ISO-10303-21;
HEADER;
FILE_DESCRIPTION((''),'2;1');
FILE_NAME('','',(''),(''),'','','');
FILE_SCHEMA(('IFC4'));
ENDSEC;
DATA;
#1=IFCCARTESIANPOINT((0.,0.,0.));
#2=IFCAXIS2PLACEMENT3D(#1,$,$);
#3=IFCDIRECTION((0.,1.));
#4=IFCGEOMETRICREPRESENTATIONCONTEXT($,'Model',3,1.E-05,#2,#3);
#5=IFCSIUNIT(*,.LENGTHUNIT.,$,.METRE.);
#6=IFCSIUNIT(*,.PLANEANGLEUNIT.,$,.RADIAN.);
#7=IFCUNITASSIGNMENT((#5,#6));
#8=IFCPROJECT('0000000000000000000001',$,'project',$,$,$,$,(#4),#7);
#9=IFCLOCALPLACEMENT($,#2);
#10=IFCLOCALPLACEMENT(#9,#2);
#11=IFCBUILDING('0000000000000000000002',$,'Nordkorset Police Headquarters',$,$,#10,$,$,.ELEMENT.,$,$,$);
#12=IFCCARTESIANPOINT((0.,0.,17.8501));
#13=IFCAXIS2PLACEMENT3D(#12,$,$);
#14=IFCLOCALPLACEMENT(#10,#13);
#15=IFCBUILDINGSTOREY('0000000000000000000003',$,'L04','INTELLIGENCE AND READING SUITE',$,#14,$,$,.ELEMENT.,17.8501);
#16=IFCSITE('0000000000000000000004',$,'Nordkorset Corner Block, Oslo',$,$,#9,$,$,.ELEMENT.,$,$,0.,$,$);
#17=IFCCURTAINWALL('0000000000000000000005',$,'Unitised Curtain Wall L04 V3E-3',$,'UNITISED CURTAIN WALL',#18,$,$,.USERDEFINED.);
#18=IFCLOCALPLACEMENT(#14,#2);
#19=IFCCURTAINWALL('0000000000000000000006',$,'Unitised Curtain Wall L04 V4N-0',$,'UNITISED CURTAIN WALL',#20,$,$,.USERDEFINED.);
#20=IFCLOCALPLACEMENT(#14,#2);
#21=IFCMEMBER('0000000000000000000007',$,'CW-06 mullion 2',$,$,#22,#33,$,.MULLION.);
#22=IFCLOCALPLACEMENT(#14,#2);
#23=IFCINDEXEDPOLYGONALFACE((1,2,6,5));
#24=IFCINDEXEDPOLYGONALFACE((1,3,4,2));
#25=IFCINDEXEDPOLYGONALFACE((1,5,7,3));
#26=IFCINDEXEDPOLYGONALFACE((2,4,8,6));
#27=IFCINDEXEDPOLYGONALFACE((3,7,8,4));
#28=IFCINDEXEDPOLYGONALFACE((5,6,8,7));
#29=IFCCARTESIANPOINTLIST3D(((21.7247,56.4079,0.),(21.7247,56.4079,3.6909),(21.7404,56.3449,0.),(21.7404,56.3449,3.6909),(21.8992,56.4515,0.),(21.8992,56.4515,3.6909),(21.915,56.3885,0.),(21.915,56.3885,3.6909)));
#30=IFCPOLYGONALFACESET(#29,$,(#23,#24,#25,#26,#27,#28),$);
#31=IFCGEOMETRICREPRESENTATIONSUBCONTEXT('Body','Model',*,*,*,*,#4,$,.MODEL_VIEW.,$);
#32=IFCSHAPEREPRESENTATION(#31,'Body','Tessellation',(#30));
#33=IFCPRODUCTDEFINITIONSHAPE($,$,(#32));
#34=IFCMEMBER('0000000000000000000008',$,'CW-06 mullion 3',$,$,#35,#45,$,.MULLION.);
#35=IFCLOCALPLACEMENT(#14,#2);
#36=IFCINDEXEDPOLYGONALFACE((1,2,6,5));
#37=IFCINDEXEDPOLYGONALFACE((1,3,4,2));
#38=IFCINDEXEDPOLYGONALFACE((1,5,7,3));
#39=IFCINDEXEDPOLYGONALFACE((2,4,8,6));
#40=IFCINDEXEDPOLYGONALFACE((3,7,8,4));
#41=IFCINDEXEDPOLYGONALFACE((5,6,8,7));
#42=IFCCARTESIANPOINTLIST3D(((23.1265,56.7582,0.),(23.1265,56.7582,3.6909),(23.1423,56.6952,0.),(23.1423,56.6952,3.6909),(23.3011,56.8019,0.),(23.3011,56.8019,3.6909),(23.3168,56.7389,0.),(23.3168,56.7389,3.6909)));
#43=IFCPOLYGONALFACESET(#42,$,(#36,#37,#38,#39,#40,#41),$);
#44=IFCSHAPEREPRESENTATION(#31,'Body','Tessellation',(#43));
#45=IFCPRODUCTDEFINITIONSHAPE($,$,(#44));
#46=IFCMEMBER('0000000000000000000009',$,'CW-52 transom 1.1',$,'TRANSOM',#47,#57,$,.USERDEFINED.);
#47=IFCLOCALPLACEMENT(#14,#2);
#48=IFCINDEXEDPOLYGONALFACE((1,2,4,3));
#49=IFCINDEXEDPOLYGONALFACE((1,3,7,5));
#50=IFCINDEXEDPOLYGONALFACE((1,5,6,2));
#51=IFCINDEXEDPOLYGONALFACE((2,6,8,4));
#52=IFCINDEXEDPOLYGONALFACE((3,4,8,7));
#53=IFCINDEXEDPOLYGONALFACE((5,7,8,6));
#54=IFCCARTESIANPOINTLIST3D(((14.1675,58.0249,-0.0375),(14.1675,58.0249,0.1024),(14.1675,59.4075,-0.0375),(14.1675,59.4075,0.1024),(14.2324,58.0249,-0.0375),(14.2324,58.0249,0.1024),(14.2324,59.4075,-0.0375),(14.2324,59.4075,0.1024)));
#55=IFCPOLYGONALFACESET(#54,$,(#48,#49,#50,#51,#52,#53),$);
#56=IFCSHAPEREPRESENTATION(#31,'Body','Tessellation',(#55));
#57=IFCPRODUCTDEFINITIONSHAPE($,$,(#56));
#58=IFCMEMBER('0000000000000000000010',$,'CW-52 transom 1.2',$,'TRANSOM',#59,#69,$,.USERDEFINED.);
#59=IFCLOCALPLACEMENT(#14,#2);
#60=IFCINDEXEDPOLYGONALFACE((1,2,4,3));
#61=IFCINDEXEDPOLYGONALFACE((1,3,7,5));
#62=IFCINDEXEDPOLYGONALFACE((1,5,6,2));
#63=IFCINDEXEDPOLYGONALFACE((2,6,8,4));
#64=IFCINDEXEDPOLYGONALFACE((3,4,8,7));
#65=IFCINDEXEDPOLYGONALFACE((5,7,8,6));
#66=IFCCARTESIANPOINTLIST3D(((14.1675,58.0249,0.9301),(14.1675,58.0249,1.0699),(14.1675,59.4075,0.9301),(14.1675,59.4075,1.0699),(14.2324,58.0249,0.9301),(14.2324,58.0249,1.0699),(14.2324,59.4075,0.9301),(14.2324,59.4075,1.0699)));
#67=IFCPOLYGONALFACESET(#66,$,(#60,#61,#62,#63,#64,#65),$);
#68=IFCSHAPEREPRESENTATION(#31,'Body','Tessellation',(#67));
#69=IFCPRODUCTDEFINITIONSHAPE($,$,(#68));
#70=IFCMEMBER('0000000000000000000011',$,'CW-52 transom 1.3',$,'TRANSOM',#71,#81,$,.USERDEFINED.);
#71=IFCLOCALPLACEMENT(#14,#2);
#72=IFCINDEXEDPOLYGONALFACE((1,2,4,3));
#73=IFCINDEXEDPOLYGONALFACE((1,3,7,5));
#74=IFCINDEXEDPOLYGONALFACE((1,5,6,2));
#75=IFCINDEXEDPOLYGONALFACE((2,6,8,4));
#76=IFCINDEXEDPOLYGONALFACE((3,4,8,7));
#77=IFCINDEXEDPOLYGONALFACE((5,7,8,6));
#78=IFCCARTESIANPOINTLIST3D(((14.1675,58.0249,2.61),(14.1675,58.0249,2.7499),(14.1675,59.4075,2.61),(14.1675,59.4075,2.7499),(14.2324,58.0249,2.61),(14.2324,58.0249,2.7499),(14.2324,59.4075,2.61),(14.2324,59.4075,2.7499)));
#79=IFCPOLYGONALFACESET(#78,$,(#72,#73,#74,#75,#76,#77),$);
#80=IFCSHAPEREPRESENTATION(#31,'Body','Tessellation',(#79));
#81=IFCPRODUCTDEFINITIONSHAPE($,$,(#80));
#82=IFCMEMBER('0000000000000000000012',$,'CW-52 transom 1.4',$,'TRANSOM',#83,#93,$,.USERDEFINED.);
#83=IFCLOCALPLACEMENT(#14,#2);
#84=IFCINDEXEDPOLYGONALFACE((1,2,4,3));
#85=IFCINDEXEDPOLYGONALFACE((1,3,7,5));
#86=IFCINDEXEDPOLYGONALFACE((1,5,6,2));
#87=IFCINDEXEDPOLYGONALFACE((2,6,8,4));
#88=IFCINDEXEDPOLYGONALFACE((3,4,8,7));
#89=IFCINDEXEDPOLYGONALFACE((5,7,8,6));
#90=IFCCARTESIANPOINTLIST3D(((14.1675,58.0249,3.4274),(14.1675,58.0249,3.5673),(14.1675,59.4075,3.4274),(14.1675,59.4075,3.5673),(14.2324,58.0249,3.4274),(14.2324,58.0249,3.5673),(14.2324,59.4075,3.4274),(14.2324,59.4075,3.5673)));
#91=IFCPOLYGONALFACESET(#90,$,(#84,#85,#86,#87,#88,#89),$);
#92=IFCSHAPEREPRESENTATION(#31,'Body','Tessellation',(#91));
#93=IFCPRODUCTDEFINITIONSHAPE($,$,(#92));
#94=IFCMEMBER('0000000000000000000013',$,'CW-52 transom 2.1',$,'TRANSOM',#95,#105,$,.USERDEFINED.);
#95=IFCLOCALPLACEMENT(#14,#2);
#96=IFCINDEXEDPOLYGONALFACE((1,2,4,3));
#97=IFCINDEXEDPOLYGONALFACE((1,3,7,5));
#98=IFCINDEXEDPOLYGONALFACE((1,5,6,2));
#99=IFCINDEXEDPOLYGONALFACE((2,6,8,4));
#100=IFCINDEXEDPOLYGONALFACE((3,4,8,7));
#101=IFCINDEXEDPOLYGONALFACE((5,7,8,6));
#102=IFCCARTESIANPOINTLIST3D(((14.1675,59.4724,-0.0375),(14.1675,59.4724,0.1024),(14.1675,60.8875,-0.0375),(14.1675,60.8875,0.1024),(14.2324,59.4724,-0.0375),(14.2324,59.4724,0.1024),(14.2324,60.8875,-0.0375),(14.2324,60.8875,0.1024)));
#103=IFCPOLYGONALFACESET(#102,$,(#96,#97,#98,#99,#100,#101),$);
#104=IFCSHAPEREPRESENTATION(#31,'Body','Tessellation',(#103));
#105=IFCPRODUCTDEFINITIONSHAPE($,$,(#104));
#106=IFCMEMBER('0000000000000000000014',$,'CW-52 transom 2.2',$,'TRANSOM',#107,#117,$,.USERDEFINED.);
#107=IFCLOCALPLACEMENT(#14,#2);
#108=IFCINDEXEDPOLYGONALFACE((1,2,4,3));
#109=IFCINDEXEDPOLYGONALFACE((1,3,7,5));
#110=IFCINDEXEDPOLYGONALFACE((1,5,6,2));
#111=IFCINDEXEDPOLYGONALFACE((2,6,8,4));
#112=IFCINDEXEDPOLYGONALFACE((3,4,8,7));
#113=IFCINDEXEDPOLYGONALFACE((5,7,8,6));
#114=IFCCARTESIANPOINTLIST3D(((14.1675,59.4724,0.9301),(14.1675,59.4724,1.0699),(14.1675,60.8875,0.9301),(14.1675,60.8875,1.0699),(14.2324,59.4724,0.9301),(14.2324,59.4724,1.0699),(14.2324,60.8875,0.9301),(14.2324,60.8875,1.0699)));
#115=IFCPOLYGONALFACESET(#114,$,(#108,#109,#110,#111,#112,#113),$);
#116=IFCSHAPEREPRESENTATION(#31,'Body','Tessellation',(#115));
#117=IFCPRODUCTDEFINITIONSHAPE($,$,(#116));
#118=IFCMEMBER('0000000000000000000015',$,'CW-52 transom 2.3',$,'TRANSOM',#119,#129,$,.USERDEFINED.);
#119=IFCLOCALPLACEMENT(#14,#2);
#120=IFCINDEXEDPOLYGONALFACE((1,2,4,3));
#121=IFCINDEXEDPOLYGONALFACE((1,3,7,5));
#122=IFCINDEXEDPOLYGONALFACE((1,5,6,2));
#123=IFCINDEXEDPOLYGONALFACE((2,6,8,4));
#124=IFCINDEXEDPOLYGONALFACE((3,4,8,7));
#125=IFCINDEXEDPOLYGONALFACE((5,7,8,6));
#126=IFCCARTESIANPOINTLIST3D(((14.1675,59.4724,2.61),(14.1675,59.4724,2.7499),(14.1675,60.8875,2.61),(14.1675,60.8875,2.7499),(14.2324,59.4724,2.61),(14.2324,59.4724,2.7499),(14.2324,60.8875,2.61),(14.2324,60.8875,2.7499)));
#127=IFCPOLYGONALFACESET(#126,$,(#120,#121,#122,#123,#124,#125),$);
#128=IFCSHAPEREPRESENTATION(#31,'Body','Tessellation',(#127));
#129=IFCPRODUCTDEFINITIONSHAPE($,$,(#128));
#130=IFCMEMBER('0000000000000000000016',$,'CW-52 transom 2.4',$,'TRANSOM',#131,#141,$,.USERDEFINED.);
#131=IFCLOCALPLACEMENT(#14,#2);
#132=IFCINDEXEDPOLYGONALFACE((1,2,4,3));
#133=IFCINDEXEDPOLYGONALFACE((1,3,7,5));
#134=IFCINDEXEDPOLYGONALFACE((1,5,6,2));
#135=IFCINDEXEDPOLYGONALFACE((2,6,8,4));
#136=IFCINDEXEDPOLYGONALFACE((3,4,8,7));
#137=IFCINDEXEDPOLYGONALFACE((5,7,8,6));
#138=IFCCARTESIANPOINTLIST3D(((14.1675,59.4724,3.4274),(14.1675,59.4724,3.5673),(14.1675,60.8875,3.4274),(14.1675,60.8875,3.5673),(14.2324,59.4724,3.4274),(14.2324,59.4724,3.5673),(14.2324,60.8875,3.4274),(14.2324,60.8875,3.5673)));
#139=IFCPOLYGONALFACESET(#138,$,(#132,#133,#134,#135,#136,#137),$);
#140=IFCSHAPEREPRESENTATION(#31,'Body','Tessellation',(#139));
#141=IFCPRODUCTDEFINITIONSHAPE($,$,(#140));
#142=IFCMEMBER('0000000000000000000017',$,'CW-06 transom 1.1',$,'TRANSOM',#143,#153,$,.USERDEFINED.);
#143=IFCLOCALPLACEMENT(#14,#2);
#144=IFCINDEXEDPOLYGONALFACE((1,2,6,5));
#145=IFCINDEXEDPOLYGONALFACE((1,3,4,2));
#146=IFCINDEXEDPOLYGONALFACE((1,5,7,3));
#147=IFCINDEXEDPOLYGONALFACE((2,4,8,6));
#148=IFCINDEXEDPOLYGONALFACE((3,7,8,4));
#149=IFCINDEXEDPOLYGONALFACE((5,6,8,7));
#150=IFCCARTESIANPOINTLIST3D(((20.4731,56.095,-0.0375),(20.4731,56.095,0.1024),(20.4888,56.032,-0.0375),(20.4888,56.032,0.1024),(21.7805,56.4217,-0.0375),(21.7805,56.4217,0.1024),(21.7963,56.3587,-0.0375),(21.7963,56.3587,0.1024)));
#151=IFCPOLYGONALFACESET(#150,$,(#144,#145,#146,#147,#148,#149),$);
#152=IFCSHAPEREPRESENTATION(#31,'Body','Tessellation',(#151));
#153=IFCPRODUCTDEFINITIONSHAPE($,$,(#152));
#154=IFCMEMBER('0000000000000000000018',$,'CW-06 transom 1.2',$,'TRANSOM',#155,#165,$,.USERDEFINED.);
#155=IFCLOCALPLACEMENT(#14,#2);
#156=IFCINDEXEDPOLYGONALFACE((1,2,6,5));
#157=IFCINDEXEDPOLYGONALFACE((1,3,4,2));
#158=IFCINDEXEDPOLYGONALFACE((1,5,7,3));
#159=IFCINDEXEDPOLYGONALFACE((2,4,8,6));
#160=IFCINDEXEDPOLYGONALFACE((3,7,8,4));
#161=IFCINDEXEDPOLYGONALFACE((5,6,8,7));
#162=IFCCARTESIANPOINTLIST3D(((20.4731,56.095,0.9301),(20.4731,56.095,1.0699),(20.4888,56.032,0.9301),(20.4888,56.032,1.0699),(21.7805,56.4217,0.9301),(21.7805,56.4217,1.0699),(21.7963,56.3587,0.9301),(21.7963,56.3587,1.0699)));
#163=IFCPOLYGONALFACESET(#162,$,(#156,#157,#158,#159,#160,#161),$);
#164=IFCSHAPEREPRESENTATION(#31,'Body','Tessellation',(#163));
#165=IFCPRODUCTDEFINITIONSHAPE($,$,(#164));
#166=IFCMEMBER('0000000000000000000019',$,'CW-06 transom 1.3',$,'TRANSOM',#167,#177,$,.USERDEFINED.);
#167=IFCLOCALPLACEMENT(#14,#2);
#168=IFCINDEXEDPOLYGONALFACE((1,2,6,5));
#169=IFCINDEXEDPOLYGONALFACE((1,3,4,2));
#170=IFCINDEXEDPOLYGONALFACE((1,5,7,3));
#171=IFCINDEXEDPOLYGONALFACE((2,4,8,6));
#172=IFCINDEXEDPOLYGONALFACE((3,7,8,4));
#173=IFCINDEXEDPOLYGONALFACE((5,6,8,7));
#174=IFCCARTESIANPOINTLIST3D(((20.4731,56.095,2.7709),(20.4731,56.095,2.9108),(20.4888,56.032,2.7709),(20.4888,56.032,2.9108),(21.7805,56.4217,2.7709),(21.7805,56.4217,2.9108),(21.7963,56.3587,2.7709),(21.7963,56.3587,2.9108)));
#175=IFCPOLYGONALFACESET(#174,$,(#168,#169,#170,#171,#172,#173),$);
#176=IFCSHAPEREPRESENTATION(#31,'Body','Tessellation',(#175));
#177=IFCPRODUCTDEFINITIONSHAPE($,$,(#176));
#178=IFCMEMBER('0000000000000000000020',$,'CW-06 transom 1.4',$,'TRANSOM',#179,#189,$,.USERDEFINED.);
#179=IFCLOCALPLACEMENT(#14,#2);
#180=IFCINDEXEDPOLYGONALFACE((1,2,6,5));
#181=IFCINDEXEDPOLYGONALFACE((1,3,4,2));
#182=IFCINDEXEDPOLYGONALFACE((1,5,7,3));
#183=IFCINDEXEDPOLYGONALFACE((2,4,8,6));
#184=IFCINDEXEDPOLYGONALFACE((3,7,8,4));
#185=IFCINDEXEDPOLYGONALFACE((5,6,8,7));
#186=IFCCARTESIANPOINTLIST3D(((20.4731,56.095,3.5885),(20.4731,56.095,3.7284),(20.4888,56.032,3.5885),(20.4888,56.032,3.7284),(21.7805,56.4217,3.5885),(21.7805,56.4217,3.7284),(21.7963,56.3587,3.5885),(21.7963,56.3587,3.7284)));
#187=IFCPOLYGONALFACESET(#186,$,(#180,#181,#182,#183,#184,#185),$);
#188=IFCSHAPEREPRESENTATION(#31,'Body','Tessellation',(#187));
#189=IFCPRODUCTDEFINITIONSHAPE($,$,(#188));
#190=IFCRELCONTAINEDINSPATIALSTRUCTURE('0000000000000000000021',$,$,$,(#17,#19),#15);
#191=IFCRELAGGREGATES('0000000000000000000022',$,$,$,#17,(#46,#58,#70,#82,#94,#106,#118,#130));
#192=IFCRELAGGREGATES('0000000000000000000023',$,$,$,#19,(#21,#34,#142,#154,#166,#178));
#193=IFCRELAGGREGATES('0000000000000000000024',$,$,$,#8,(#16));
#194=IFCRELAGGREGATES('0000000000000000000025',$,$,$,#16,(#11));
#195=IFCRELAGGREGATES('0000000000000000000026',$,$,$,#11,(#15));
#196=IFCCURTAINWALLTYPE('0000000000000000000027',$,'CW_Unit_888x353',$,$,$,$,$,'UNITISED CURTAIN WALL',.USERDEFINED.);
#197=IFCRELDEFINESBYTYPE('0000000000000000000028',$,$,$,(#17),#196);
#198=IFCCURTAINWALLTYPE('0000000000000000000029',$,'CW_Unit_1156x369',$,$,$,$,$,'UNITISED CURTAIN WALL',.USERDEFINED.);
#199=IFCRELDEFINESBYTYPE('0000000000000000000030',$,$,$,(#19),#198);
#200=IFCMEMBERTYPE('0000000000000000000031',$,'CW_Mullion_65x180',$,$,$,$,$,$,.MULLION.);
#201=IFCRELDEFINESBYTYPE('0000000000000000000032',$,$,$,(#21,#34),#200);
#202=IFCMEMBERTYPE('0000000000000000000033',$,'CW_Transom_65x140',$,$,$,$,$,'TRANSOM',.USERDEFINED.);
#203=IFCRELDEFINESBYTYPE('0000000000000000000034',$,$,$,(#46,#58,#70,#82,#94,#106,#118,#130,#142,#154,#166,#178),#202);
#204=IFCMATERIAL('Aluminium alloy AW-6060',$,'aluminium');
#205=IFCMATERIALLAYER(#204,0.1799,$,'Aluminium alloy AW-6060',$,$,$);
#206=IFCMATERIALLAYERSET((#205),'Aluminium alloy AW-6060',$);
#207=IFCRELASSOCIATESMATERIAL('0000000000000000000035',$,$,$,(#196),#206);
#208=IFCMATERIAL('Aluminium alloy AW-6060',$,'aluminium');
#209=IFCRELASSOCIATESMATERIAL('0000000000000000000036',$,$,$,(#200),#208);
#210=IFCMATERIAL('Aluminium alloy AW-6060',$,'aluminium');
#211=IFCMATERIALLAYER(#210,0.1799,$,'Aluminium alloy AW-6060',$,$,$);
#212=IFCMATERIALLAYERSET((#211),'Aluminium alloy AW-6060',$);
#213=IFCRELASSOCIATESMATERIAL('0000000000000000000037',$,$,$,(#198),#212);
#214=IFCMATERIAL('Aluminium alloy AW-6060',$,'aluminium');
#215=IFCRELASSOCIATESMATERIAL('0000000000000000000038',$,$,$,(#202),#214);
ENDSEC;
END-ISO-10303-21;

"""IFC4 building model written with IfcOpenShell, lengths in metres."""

from ifc_helpers import new_model, si_unit, direction, frame, origin, origin_2d, place, context, subcontext, project, spatial, rectangle, extrude, material, layer, layer_set, material_profile, profile_set, type_object, element, aggregate, save


model = new_model("IFC4")

# Units and contexts
model_context = context("Model", 3, precision=1e-05, world=origin(), true_north=direction((0.0, 1.0)))
body_context = subcontext(model_context, "Body", "Model", "MODEL_VIEW")
ifc_project = project(units=[si_unit("LENGTHUNIT", "METRE"), si_unit("PLANEANGLEUNIT", "RADIAN")], contexts=[model_context])

# Site, building, storey
site_placement = place(None, origin())
site = spatial("IfcSite", under=ifc_project, at=site_placement, Name="Nordkorset Corner Block, Oslo", CompositionType="ELEMENT", RefElevation=0.0)
building_placement = place(site_placement, origin())
building = spatial("IfcBuilding", under=site, at=building_placement, Name="Nordkorset Police Headquarters", CompositionType="ELEMENT")
storey_placement = place(building_placement, frame((0.0, 0.0, 17.8501)))
storey = spatial("IfcBuildingStorey", under=building, at=storey_placement, Name="L04", Description="INTELLIGENCE AND READING SUITE", CompositionType="ELEMENT", Elevation=17.8501)

# Curtain walls, members
ifc_material_1 = material(Name="Aluminium alloy AW-6060", Category="aluminium")
ifc_layer_1 = layer(ifc_material_1, 0.1799, Name="Aluminium alloy AW-6060")
ifc_layer_set_1 = layer_set([ifc_layer_1], Name="Aluminium alloy AW-6060")
curtain_wall_type_1 = type_object("IfcCurtainWallType", Name="CW_Unit_888x353", ElementType="UNITISED CURTAIN WALL", PredefinedType="USERDEFINED", material=ifc_layer_set_1)
curtain_wall_1_placement = place(storey_placement, origin())
curtain_wall_1 = element("IfcCurtainWall", 1, at=curtain_wall_1_placement, inside=storey, type_object=curtain_wall_type_1, Name="Unitised Curtain Wall L04 V3E-3", ObjectType="UNITISED CURTAIN WALL", PredefinedType="USERDEFINED")
ifc_material_2 = material(Name="Aluminium alloy AW-6060", Category="aluminium")
ifc_material_profile_1 = material_profile(ifc_material_2, rectangle(XDim=0.0649, YDim=0.1799, at=origin_2d()), Name="ALU MULL 65x180")
ifc_profile_set_1 = profile_set([ifc_material_profile_1], Name="Aluminium alloy AW-6060")
member_type_1 = type_object("IfcMemberType", Name="CW_Mullion_65x180", PredefinedType="MULLION", material=ifc_profile_set_1)
ifc_material_3 = material(Name="Aluminium alloy AW-6060", Category="aluminium")
ifc_layer_2 = layer(ifc_material_3, 0.1799, Name="Aluminium alloy AW-6060")
ifc_layer_set_2 = layer_set([ifc_layer_2], Name="Aluminium alloy AW-6060")
curtain_wall_type_2 = type_object("IfcCurtainWallType", Name="CW_Unit_1156x369", ElementType="UNITISED CURTAIN WALL", PredefinedType="USERDEFINED", material=ifc_layer_set_2)
curtain_wall_2_placement = place(storey_placement, origin())
curtain_wall_2 = element("IfcCurtainWall", 2, at=curtain_wall_2_placement, inside=storey, type_object=curtain_wall_type_2, Name="Unitised Curtain Wall L04 V4N-0", ObjectType="UNITISED CURTAIN WALL", PredefinedType="USERDEFINED")
member_1_placement = place(storey_placement, frame((21.8198, 56.3982, 0.0), z_axis=(0.0, 0.0, 1.0), x_axis=(-0.242536, 0.970142, 0.0)))
member_1 = element("IfcMember", 3, at=member_1_placement, type_object=member_type_1, Name="CW-06 mullion 2", PredefinedType="MULLION", context=body_context, shape_type="SweptSolid", body=[
    extrude(rectangle(XDim=0.0649, YDim=0.1799, at=origin_2d()), origin(), (0.0, 0.0, 1.0), 3.6909),
])
member_2_placement = place(storey_placement, frame((23.2217, 56.7485, 0.0), z_axis=(0.0, 0.0, 1.0), x_axis=(-0.242536, 0.970142, 0.0)))
member_2 = element("IfcMember", 4, at=member_2_placement, type_object=member_type_1, Name="CW-06 mullion 3", PredefinedType="MULLION", context=body_context, shape_type="SweptSolid", body=[
    extrude(rectangle(XDim=0.0649, YDim=0.1799, at=origin_2d()), origin(), (0.0, 0.0, 1.0), 3.6909),
])

# Members
ifc_material_4 = material(Name="Aluminium alloy AW-6060", Category="aluminium")
ifc_material_profile_2 = material_profile(ifc_material_4, rectangle(XDim=0.0649, YDim=0.1399, at=origin_2d()), Name="ALU TRAN 65x140")
ifc_profile_set_2 = profile_set([ifc_material_profile_2], Name="Aluminium alloy AW-6060")
member_type_2 = type_object("IfcMemberType", Name="CW_Transom_65x140", ElementType="TRANSOM", PredefinedType="USERDEFINED", material=ifc_profile_set_2)
member_3_placement = place(storey_placement, frame((14.2, 58.0249, 0.0325), z_axis=(0.0, 1.0, 0.0), x_axis=(-1.0, 0.0, 0.0)))
member_3 = element("IfcMember", 5, at=member_3_placement, type_object=member_type_2, Name="CW-52 transom 1.1", ObjectType="TRANSOM", PredefinedType="USERDEFINED", context=body_context, shape_type="SweptSolid", body=[
    extrude(rectangle(XDim=0.0649, YDim=0.1399, at=origin_2d()), origin(), (0.0, 0.0, 1.0), 1.3826),
])
member_4_placement = place(storey_placement, frame((14.2, 58.0249, 1.0), z_axis=(0.0, 1.0, 0.0), x_axis=(-1.0, 0.0, 0.0)))
member_4 = element("IfcMember", 6, at=member_4_placement, type_object=member_type_2, Name="CW-52 transom 1.2", ObjectType="TRANSOM", PredefinedType="USERDEFINED", context=body_context, shape_type="SweptSolid", body=[
    extrude(rectangle(XDim=0.0649, YDim=0.1399, at=origin_2d()), origin(), (0.0, 0.0, 1.0), 1.3826),
])
member_5_placement = place(storey_placement, frame((14.2, 58.0249, 2.6799), z_axis=(0.0, 1.0, 0.0), x_axis=(-1.0, 0.0, 0.0)))
member_5 = element("IfcMember", 7, at=member_5_placement, type_object=member_type_2, Name="CW-52 transom 1.3", ObjectType="TRANSOM", PredefinedType="USERDEFINED", context=body_context, shape_type="SweptSolid", body=[
    extrude(rectangle(XDim=0.0649, YDim=0.1399, at=origin_2d()), origin(), (0.0, 0.0, 1.0), 1.3826),
])
member_6_placement = place(storey_placement, frame((14.2, 58.0249, 3.4973), z_axis=(0.0, 1.0, 0.0), x_axis=(-1.0, 0.0, 0.0)))
member_6 = element("IfcMember", 8, at=member_6_placement, type_object=member_type_2, Name="CW-52 transom 1.4", ObjectType="TRANSOM", PredefinedType="USERDEFINED", context=body_context, shape_type="SweptSolid", body=[
    extrude(rectangle(XDim=0.0649, YDim=0.1399, at=origin_2d()), origin(), (0.0, 0.0, 1.0), 1.3826),
])
member_7_placement = place(storey_placement, frame((14.2, 59.4724, 0.0325), z_axis=(0.0, 1.0, 0.0), x_axis=(-1.0, 0.0, 0.0)))
member_7 = element("IfcMember", 9, at=member_7_placement, type_object=member_type_2, Name="CW-52 transom 2.1", ObjectType="TRANSOM", PredefinedType="USERDEFINED", context=body_context, shape_type="SweptSolid", body=[
    extrude(rectangle(XDim=0.0649, YDim=0.1399, at=origin_2d()), origin(), (0.0, 0.0, 1.0), 1.415),
])
member_8_placement = place(storey_placement, frame((14.2, 59.4724, 1.0), z_axis=(0.0, 1.0, 0.0), x_axis=(-1.0, 0.0, 0.0)))
member_8 = element("IfcMember", 10, at=member_8_placement, type_object=member_type_2, Name="CW-52 transom 2.2", ObjectType="TRANSOM", PredefinedType="USERDEFINED", context=body_context, shape_type="SweptSolid", body=[
    extrude(rectangle(XDim=0.0649, YDim=0.1399, at=origin_2d()), origin(), (0.0, 0.0, 1.0), 1.415),
])
member_9_placement = place(storey_placement, frame((14.2, 59.4724, 2.6799), z_axis=(0.0, 1.0, 0.0), x_axis=(-1.0, 0.0, 0.0)))
member_9 = element("IfcMember", 11, at=member_9_placement, type_object=member_type_2, Name="CW-52 transom 2.3", ObjectType="TRANSOM", PredefinedType="USERDEFINED", context=body_context, shape_type="SweptSolid", body=[
    extrude(rectangle(XDim=0.0649, YDim=0.1399, at=origin_2d()), origin(), (0.0, 0.0, 1.0), 1.415),
])
member_10_placement = place(storey_placement, frame((14.2, 59.4724, 3.4973), z_axis=(0.0, 1.0, 0.0), x_axis=(-1.0, 0.0, 0.0)))
member_10 = element("IfcMember", 12, at=member_10_placement, type_object=member_type_2, Name="CW-52 transom 2.4", ObjectType="TRANSOM", PredefinedType="USERDEFINED", context=body_context, shape_type="SweptSolid", body=[
    extrude(rectangle(XDim=0.0649, YDim=0.1399, at=origin_2d()), origin(), (0.0, 0.0, 1.0), 1.415),
])
member_11_placement = place(storey_placement, frame((20.481, 56.0635, 0.0325), z_axis=(0.970174, 0.242408, 0.0), x_axis=(-0.242408, 0.970174, 0.0)))
member_11 = element("IfcMember", 13, at=member_11_placement, type_object=member_type_2, Name="CW-06 transom 1.1", ObjectType="TRANSOM", PredefinedType="USERDEFINED", context=body_context, shape_type="SweptSolid", body=[
    extrude(rectangle(XDim=0.0649, YDim=0.1399, at=origin_2d()), origin(), (0.0, 0.0, 1.0), 1.3477),
])
member_12_placement = place(storey_placement, frame((20.481, 56.0635, 1.0), z_axis=(0.970174, 0.242408, 0.0), x_axis=(-0.242408, 0.970174, 0.0)))
member_12 = element("IfcMember", 14, at=member_12_placement, type_object=member_type_2, Name="CW-06 transom 1.2", ObjectType="TRANSOM", PredefinedType="USERDEFINED", context=body_context, shape_type="SweptSolid", body=[
    extrude(rectangle(XDim=0.0649, YDim=0.1399, at=origin_2d()), origin(), (0.0, 0.0, 1.0), 1.3477),
])
member_13_placement = place(storey_placement, frame((20.481, 56.0635, 2.8408), z_axis=(0.970174, 0.242408, 0.0), x_axis=(-0.242408, 0.970174, 0.0)))
member_13 = element("IfcMember", 15, at=member_13_placement, type_object=member_type_2, Name="CW-06 transom 1.3", ObjectType="TRANSOM", PredefinedType="USERDEFINED", context=body_context, shape_type="SweptSolid", body=[
    extrude(rectangle(XDim=0.0649, YDim=0.1399, at=origin_2d()), origin(), (0.0, 0.0, 1.0), 1.3477),
])
member_14_placement = place(storey_placement, frame((20.481, 56.0635, 3.6584), z_axis=(0.970174, 0.242408, 0.0), x_axis=(-0.242408, 0.970174, 0.0)))
member_14 = element("IfcMember", 16, at=member_14_placement, type_object=member_type_2, Name="CW-06 transom 1.4", ObjectType="TRANSOM", PredefinedType="USERDEFINED", context=body_context, shape_type="SweptSolid", body=[
    extrude(rectangle(XDim=0.0649, YDim=0.1399, at=origin_2d()), origin(), (0.0, 0.0, 1.0), 1.3477),
])

aggregate(curtain_wall_1, [member_3, member_4, member_5, member_6, member_7, member_8, member_9, member_10])
aggregate(curtain_wall_2, [member_1, member_2, member_11, member_12, member_13, member_14])

save(model, "model.ifc")
